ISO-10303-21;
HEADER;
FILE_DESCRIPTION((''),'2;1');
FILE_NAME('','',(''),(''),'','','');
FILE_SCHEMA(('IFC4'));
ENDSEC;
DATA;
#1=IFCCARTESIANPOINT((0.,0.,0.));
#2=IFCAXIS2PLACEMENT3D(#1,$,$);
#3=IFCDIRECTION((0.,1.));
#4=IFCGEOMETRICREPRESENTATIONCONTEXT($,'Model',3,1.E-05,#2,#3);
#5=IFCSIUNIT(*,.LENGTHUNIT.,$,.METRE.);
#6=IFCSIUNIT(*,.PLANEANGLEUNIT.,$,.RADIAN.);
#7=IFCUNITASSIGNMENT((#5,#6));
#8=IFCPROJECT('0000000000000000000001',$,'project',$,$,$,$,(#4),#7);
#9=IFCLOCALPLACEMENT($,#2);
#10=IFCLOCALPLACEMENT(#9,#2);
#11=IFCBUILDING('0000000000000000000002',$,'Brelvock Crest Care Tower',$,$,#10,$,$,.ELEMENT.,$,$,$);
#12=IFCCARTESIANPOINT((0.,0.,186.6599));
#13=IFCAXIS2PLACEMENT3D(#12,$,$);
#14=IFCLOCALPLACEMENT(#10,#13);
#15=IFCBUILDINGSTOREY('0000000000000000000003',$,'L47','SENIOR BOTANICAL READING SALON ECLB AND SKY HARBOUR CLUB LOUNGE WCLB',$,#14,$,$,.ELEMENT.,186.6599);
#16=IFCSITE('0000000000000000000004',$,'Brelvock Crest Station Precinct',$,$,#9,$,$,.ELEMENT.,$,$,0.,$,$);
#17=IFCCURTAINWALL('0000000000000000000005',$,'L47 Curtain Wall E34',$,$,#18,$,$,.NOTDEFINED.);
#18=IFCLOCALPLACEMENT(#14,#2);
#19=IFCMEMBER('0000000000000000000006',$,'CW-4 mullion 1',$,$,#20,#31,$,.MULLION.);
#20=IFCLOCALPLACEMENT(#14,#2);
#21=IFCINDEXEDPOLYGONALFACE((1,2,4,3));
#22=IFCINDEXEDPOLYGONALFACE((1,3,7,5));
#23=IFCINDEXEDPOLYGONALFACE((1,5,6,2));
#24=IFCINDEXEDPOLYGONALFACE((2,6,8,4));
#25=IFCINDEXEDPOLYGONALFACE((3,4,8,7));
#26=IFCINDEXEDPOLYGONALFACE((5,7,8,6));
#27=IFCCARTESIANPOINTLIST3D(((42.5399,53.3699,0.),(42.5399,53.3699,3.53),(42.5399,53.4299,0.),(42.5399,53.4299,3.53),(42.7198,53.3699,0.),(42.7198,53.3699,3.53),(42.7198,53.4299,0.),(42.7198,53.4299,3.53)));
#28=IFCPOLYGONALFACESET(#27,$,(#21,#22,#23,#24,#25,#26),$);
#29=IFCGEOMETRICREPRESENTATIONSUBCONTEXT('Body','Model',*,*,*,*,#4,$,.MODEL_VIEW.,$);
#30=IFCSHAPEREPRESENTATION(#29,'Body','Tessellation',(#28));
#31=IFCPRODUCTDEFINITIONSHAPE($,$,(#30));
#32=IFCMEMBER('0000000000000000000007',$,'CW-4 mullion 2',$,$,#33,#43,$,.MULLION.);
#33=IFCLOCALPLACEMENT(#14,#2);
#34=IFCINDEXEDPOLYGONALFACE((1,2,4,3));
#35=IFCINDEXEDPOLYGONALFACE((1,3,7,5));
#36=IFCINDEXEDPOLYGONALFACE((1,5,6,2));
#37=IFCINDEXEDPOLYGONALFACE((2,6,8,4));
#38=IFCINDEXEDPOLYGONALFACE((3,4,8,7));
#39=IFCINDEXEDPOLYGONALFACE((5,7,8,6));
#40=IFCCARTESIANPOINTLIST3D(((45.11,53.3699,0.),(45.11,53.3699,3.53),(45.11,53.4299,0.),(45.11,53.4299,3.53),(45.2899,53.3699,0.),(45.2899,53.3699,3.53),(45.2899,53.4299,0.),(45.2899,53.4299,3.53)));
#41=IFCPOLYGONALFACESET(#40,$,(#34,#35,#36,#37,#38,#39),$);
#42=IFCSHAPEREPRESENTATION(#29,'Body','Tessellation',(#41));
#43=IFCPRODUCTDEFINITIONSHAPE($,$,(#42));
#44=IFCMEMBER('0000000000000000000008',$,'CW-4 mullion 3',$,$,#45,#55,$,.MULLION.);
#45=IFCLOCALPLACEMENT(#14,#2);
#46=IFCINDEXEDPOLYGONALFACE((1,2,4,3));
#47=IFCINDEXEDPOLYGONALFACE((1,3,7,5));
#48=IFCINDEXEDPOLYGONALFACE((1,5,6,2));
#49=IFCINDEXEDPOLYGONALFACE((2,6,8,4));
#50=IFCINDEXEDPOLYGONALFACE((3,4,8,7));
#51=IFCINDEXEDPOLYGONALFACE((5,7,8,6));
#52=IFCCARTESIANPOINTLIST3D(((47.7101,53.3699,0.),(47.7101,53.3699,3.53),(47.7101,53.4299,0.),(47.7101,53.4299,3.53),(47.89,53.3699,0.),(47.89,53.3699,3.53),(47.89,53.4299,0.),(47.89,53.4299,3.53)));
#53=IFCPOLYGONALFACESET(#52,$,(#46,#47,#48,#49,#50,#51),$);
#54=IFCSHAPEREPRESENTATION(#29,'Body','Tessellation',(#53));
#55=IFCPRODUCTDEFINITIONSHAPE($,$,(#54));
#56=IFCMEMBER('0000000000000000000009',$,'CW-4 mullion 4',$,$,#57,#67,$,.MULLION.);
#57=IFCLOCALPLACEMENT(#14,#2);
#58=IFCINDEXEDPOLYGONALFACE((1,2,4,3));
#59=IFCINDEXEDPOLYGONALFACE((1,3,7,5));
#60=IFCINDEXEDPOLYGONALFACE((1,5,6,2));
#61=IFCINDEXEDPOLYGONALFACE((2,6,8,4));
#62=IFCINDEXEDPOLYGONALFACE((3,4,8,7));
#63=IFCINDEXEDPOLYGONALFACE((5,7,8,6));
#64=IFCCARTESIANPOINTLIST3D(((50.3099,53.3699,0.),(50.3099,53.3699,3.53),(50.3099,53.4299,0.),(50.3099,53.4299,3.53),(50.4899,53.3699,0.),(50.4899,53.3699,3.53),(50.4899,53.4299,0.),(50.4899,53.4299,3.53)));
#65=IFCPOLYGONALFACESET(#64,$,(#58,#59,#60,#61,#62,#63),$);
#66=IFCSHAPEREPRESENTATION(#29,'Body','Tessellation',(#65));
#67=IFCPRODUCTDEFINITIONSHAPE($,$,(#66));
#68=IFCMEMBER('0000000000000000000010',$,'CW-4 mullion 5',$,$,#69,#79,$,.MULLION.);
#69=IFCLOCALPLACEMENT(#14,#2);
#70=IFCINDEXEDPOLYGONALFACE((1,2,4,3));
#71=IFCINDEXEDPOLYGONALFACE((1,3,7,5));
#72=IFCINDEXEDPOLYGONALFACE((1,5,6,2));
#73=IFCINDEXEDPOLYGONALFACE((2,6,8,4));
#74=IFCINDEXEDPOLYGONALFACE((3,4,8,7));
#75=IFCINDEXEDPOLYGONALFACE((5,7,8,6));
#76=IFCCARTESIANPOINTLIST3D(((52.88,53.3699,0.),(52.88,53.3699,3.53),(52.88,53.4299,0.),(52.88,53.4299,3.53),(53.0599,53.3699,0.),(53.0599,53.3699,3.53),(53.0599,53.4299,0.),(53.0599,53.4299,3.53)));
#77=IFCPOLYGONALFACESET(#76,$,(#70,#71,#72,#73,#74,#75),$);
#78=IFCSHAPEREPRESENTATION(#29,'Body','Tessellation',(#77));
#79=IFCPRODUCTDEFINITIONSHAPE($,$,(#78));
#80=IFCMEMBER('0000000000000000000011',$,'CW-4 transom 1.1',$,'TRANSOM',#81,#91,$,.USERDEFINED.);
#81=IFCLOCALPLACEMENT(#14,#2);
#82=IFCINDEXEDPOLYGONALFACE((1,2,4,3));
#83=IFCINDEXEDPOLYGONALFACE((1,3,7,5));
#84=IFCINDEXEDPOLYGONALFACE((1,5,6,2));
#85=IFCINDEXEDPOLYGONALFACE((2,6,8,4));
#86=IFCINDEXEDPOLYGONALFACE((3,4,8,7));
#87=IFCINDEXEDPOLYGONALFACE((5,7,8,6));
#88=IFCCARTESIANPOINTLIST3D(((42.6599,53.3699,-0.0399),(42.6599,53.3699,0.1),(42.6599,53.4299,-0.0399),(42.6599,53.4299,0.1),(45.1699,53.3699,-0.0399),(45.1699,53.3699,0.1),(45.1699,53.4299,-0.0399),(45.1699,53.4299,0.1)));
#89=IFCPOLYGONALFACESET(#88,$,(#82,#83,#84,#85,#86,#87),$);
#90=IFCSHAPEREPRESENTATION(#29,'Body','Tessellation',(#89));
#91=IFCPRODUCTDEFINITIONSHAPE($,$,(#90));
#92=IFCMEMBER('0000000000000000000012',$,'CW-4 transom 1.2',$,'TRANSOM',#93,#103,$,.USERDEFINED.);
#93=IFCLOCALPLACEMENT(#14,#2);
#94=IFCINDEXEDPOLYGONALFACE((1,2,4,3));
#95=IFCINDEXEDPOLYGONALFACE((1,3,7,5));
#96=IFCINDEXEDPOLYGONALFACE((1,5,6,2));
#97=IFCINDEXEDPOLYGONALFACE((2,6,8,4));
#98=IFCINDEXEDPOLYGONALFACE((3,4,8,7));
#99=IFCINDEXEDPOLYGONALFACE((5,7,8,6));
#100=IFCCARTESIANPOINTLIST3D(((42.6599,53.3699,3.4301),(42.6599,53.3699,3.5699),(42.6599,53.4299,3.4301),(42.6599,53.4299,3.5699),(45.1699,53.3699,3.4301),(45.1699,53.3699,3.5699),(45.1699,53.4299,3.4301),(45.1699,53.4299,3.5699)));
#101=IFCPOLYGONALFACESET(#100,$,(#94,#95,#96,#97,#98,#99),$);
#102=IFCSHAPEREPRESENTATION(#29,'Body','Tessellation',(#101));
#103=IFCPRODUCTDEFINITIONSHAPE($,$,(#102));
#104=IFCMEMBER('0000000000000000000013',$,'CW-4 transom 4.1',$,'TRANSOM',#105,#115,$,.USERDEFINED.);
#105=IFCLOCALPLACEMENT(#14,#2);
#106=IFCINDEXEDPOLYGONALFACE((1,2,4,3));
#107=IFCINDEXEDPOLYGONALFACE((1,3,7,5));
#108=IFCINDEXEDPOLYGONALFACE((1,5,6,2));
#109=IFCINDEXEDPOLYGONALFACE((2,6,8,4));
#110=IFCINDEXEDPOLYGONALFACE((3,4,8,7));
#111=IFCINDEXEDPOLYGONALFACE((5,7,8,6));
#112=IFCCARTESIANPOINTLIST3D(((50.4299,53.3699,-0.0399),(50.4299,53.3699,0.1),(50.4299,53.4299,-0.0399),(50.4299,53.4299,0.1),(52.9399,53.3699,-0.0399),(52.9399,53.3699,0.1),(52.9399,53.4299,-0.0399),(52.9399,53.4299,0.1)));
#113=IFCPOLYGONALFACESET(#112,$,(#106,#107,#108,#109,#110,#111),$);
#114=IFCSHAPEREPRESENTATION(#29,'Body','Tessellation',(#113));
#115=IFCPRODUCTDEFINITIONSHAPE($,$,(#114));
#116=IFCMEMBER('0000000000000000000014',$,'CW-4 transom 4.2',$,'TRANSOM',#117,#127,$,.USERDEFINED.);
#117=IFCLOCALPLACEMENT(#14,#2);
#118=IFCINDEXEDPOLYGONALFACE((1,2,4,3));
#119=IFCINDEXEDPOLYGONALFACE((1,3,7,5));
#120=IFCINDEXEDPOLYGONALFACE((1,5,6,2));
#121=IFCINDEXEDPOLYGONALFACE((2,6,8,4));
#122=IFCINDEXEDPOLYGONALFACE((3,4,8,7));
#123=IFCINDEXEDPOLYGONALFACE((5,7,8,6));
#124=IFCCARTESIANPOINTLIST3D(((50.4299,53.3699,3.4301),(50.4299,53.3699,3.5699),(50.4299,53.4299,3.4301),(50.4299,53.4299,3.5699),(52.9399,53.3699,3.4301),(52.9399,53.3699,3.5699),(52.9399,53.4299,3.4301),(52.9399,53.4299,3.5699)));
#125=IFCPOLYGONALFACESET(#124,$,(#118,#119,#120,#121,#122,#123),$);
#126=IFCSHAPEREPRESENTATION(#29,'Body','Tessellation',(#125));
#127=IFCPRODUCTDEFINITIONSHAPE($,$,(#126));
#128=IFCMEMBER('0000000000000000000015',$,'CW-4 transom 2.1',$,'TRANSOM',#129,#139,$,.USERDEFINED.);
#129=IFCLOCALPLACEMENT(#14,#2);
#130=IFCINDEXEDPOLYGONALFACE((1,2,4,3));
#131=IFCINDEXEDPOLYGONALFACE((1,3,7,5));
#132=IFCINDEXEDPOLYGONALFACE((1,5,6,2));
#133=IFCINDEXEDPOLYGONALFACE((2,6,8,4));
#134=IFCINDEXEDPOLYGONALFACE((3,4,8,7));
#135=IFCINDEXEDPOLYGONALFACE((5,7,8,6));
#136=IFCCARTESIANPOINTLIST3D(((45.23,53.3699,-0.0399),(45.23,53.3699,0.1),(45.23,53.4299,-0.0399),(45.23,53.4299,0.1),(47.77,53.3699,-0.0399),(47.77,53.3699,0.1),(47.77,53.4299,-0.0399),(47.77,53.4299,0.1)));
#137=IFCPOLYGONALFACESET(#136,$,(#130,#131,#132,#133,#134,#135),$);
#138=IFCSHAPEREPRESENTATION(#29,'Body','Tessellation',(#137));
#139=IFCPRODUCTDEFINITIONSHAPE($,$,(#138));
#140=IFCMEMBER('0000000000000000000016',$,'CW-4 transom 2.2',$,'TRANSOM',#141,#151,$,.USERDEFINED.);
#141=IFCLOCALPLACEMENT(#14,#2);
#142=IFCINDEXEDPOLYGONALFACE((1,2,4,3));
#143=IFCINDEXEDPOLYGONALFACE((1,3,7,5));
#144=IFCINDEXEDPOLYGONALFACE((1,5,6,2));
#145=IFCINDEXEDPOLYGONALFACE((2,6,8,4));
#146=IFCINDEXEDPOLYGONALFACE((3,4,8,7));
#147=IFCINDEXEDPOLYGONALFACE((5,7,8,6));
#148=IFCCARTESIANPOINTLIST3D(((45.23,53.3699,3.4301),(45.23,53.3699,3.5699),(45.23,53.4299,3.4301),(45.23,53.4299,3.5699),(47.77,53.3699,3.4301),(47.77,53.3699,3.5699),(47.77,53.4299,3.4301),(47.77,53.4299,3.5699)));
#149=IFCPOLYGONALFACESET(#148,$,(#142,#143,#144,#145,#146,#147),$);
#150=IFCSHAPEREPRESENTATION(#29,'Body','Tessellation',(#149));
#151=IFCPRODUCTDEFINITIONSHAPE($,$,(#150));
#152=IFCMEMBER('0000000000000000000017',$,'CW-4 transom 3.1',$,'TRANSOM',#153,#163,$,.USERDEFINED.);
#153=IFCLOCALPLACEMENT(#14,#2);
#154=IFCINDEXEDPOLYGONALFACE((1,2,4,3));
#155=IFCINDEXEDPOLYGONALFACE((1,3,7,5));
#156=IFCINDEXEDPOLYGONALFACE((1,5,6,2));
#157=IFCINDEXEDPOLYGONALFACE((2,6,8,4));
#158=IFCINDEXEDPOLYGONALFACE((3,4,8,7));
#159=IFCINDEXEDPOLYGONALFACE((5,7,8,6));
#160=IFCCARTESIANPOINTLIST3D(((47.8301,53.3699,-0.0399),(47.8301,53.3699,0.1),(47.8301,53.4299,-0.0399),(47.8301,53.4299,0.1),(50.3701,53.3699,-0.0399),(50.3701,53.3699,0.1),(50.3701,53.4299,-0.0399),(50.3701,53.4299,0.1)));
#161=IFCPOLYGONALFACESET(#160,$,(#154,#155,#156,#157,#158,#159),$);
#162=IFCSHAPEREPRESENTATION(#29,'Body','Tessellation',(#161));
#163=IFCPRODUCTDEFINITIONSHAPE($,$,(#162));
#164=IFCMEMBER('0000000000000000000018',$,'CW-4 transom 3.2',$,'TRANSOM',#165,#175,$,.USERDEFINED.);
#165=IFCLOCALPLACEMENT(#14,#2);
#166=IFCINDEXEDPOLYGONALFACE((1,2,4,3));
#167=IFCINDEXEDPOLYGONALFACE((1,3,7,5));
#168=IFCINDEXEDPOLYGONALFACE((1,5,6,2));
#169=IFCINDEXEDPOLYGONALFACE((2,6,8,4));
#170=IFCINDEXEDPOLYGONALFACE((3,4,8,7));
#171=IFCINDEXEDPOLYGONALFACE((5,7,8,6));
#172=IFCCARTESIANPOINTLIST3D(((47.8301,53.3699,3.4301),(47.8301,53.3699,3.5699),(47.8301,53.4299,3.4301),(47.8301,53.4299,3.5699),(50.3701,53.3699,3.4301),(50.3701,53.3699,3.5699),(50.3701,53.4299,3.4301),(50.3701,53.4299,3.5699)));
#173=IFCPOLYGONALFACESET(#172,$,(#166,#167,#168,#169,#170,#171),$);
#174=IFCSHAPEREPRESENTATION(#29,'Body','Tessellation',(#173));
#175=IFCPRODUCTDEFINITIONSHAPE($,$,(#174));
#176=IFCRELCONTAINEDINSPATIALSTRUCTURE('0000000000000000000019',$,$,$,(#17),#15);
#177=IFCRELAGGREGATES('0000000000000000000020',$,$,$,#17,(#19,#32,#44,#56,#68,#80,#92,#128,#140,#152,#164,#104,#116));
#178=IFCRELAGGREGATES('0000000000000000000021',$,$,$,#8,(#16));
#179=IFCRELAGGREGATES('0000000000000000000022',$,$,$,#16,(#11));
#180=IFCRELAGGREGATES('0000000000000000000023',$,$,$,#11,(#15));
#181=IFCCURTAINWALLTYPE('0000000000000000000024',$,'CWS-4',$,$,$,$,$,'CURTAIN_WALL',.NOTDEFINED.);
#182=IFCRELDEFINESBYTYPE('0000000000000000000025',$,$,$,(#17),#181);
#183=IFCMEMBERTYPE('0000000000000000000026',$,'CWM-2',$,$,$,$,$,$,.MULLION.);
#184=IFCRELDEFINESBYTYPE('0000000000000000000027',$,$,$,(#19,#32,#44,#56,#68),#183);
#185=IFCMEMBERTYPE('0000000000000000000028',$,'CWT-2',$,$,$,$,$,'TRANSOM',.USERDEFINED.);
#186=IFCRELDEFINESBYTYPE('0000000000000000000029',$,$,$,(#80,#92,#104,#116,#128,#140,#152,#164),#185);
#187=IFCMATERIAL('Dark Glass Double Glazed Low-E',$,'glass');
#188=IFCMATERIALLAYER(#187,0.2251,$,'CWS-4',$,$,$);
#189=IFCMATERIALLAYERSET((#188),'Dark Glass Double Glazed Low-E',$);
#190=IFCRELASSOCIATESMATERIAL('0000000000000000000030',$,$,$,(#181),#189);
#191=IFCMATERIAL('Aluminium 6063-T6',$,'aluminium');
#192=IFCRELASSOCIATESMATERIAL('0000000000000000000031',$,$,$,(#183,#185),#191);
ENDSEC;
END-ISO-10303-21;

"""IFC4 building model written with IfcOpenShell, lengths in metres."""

from ifc_helpers import new_model, si_unit, direction, frame, origin, origin_2d, place, context, subcontext, project, spatial, rectangle, extrude, source, transform, mapped, material, layer, layer_set, material_profile, profile_set, type_object, element, aggregate, save


model = new_model("IFC4")

# Units and contexts
model_context = context("Model", 3, precision=1e-05, world=origin(), true_north=direction((0.0, 1.0)))
body_context = subcontext(model_context, "Body", "Model", "MODEL_VIEW")
ifc_project = project(units=[si_unit("LENGTHUNIT", "METRE"), si_unit("PLANEANGLEUNIT", "RADIAN")], contexts=[model_context])

# Site, building, storey
site_placement = place(None, origin())
site = spatial("IfcSite", under=ifc_project, at=site_placement, Name="Brelvock Crest Station Precinct", CompositionType="ELEMENT", RefElevation=0.0)
building_placement = place(site_placement, origin())
building = spatial("IfcBuilding", under=site, at=building_placement, Name="Brelvock Crest Care Tower", CompositionType="ELEMENT")
storey_placement = place(building_placement, frame((0.0, 0.0, 186.6599)))
storey = spatial("IfcBuildingStorey", under=building, at=storey_placement, Name="L47", Description="SENIOR BOTANICAL READING SALON ECLB AND SKY HARBOUR CLUB LOUNGE WCLB", CompositionType="ELEMENT", Elevation=186.6599)

# Curtain wall, members
ifc_material_1 = material(Name="Dark Glass Double Glazed Low-E", Category="glass")
ifc_layer_1 = layer(ifc_material_1, 0.2251, Name="CWS-4")
ifc_layer_set_1 = layer_set([ifc_layer_1], Name="Dark Glass Double Glazed Low-E")
curtain_wall_type = type_object("IfcCurtainWallType", Name="CWS-4", ElementType="CURTAIN_WALL", PredefinedType="NOTDEFINED", material=ifc_layer_set_1)
curtain_wall_placement = place(storey_placement, origin())
curtain_wall = element("IfcCurtainWall", 1, at=curtain_wall_placement, inside=storey, type_object=curtain_wall_type, Name="L47 Curtain Wall E34", PredefinedType="NOTDEFINED")
ifc_material_2 = material(Name="Aluminium 6063-T6", Category="aluminium")
ifc_material_profile_1 = material_profile(ifc_material_2, rectangle(XDim=0.0601, YDim=0.1799, at=origin_2d()), Name="ALU60x180")
ifc_profile_set_1 = profile_set([ifc_material_profile_1], Name="Aluminium 6063-T6")
member_type_1 = type_object("IfcMemberType", Name="CWM-2", PredefinedType="MULLION", material=ifc_profile_set_1)
shared_shape_1 = source(origin(), body_context, "Body", "SweptSolid", [
    extrude(rectangle(XDim=0.0601, YDim=0.1799, at=origin_2d()), origin(), (0.0, 0.0, 1.0), 3.53),
])
member_1_placement = place(storey_placement, frame((42.6299, 53.3999, 0.0), z_axis=(0.0, 0.0, 1.0), x_axis=(0.0, 1.0, 0.0)))
member_1 = element("IfcMember", 2, at=member_1_placement, type_object=member_type_1, Name="CW-4 mullion 1", PredefinedType="MULLION", context=body_context, shape_type="MappedRepresentation", body=[
    mapped(shared_shape_1, transform((0.0, 0.0, 0.0), x_axis=(1.0, 0.0, 0.0), y_axis=(0.0, 1.0, 0.0), z_axis=(0.0, 0.0, 1.0), scale=1.0)),
])
member_2_placement = place(storey_placement, frame((45.2, 53.3999, 0.0), z_axis=(0.0, 0.0, 1.0), x_axis=(0.0, 1.0, 0.0)))
member_2 = element("IfcMember", 3, at=member_2_placement, type_object=member_type_1, Name="CW-4 mullion 2", PredefinedType="MULLION", context=body_context, shape_type="MappedRepresentation", body=[
    mapped(shared_shape_1, transform((0.0, 0.0, 0.0), x_axis=(1.0, 0.0, 0.0), y_axis=(0.0, 1.0, 0.0), z_axis=(0.0, 0.0, 1.0), scale=1.0)),
])
member_3_placement = place(storey_placement, frame((47.8, 53.3999, 0.0), z_axis=(0.0, 0.0, 1.0), x_axis=(0.0, 1.0, 0.0)))
member_3 = element("IfcMember", 4, at=member_3_placement, type_object=member_type_1, Name="CW-4 mullion 3", PredefinedType="MULLION", context=body_context, shape_type="MappedRepresentation", body=[
    mapped(shared_shape_1, transform((0.0, 0.0, 0.0), x_axis=(1.0, 0.0, 0.0), y_axis=(0.0, 1.0, 0.0), z_axis=(0.0, 0.0, 1.0), scale=1.0)),
])
member_4_placement = place(storey_placement, frame((50.3999, 53.3999, 0.0), z_axis=(0.0, 0.0, 1.0), x_axis=(0.0, 1.0, 0.0)))
member_4 = element("IfcMember", 5, at=member_4_placement, type_object=member_type_1, Name="CW-4 mullion 4", PredefinedType="MULLION", context=body_context, shape_type="MappedRepresentation", body=[
    mapped(shared_shape_1, transform((0.0, 0.0, 0.0), x_axis=(1.0, 0.0, 0.0), y_axis=(0.0, 1.0, 0.0), z_axis=(0.0, 0.0, 1.0), scale=1.0)),
])
member_5_placement = place(storey_placement, frame((52.97, 53.3999, 0.0), z_axis=(0.0, 0.0, 1.0), x_axis=(0.0, 1.0, 0.0)))
member_5 = element("IfcMember", 6, at=member_5_placement, type_object=member_type_1, Name="CW-4 mullion 5", PredefinedType="MULLION", context=body_context, shape_type="MappedRepresentation", body=[
    mapped(shared_shape_1, transform((0.0, 0.0, 0.0), x_axis=(1.0, 0.0, 0.0), y_axis=(0.0, 1.0, 0.0), z_axis=(0.0, 0.0, 1.0), scale=1.0)),
])
ifc_material_profile_2 = material_profile(ifc_material_2, rectangle(XDim=0.0601, YDim=0.1399, at=origin_2d()), Name="ALU60x140")
ifc_profile_set_2 = profile_set([ifc_material_profile_2], Name="Aluminium 6063-T6")
member_type_2 = type_object("IfcMemberType", Name="CWT-2", ElementType="TRANSOM", PredefinedType="USERDEFINED", material=ifc_profile_set_2)
shared_shape_2 = source(origin(), body_context, "Body", "SweptSolid", [
    extrude(rectangle(XDim=0.0601, YDim=0.1399, at=origin_2d()), origin(), (0.0, 0.0, 1.0), 2.51),
])
member_6_placement = place(storey_placement, frame((42.6599, 53.3999, 0.03), z_axis=(1.0, 0.0, 0.0), x_axis=(0.0, 1.0, 0.0)))
member_6 = element("IfcMember", 7, at=member_6_placement, type_object=member_type_2, Name="CW-4 transom 1.1", ObjectType="TRANSOM", PredefinedType="USERDEFINED", context=body_context, shape_type="MappedRepresentation", body=[
    mapped(shared_shape_2, transform((0.0, 0.0, 0.0), x_axis=(1.0, 0.0, 0.0), y_axis=(0.0, 1.0, 0.0), z_axis=(0.0, 0.0, 1.0), scale=1.0)),
])
member_7_placement = place(storey_placement, frame((42.6599, 53.3999, 3.5), z_axis=(1.0, 0.0, 0.0), x_axis=(0.0, 1.0, 0.0)))
member_7 = element("IfcMember", 8, at=member_7_placement, type_object=member_type_2, Name="CW-4 transom 1.2", ObjectType="TRANSOM", PredefinedType="USERDEFINED", context=body_context, shape_type="MappedRepresentation", body=[
    mapped(shared_shape_2, transform((0.0, 0.0, 0.0), x_axis=(1.0, 0.0, 0.0), y_axis=(0.0, 1.0, 0.0), z_axis=(0.0, 0.0, 1.0), scale=1.0)),
])
member_8_placement = place(storey_placement, frame((50.4299, 53.3999, 0.03), z_axis=(1.0, 0.0, 0.0), x_axis=(0.0, 1.0, 0.0)))
member_8 = element("IfcMember", 9, at=member_8_placement, type_object=member_type_2, Name="CW-4 transom 4.1", ObjectType="TRANSOM", PredefinedType="USERDEFINED", context=body_context, shape_type="MappedRepresentation", body=[
    mapped(shared_shape_2, transform((0.0, 0.0, 0.0), x_axis=(1.0, 0.0, 0.0), y_axis=(0.0, 1.0, 0.0), z_axis=(0.0, 0.0, 1.0), scale=1.0)),
])
member_9_placement = place(storey_placement, frame((50.4299, 53.3999, 3.5), z_axis=(1.0, 0.0, 0.0), x_axis=(0.0, 1.0, 0.0)))
member_9 = element("IfcMember", 10, at=member_9_placement, type_object=member_type_2, Name="CW-4 transom 4.2", ObjectType="TRANSOM", PredefinedType="USERDEFINED", context=body_context, shape_type="MappedRepresentation", body=[
    mapped(shared_shape_2, transform((0.0, 0.0, 0.0), x_axis=(1.0, 0.0, 0.0), y_axis=(0.0, 1.0, 0.0), z_axis=(0.0, 0.0, 1.0), scale=1.0)),
])
shared_shape_3 = source(origin(), body_context, "Body", "SweptSolid", [
    extrude(rectangle(XDim=0.0601, YDim=0.1399, at=origin_2d()), origin(), (0.0, 0.0, 1.0), 2.54),
])
member_10_placement = place(storey_placement, frame((45.23, 53.3999, 0.03), z_axis=(1.0, 0.0, 0.0), x_axis=(0.0, 1.0, 0.0)))
member_10 = element("IfcMember", 11, at=member_10_placement, type_object=member_type_2, Name="CW-4 transom 2.1", ObjectType="TRANSOM", PredefinedType="USERDEFINED", context=body_context, shape_type="MappedRepresentation", body=[
    mapped(shared_shape_3, transform((0.0, 0.0, 0.0), x_axis=(1.0, 0.0, 0.0), y_axis=(0.0, 1.0, 0.0), z_axis=(0.0, 0.0, 1.0), scale=1.0)),
])
member_11_placement = place(storey_placement, frame((45.23, 53.3999, 3.5), z_axis=(1.0, 0.0, 0.0), x_axis=(0.0, 1.0, 0.0)))
member_11 = element("IfcMember", 12, at=member_11_placement, type_object=member_type_2, Name="CW-4 transom 2.2", ObjectType="TRANSOM", PredefinedType="USERDEFINED", context=body_context, shape_type="MappedRepresentation", body=[
    mapped(shared_shape_3, transform((0.0, 0.0, 0.0), x_axis=(1.0, 0.0, 0.0), y_axis=(0.0, 1.0, 0.0), z_axis=(0.0, 0.0, 1.0), scale=1.0)),
])
member_12_placement = place(storey_placement, frame((47.8301, 53.3999, 0.03), z_axis=(1.0, 0.0, 0.0), x_axis=(0.0, 1.0, 0.0)))
member_12 = element("IfcMember", 13, at=member_12_placement, type_object=member_type_2, Name="CW-4 transom 3.1", ObjectType="TRANSOM", PredefinedType="USERDEFINED", context=body_context, shape_type="MappedRepresentation", body=[
    mapped(shared_shape_3, transform((0.0, 0.0, 0.0), x_axis=(1.0, 0.0, 0.0), y_axis=(0.0, 1.0, 0.0), z_axis=(0.0, 0.0, 1.0), scale=1.0)),
])
member_13_placement = place(storey_placement, frame((47.8301, 53.3999, 3.5), z_axis=(1.0, 0.0, 0.0), x_axis=(0.0, 1.0, 0.0)))
member_13 = element("IfcMember", 14, at=member_13_placement, type_object=member_type_2, Name="CW-4 transom 3.2", ObjectType="TRANSOM", PredefinedType="USERDEFINED", context=body_context, shape_type="MappedRepresentation", body=[
    mapped(shared_shape_3, transform((0.0, 0.0, 0.0), x_axis=(1.0, 0.0, 0.0), y_axis=(0.0, 1.0, 0.0), z_axis=(0.0, 0.0, 1.0), scale=1.0)),
])
aggregate(curtain_wall, [member_1, member_2, member_3, member_4, member_5, member_6, member_7, member_10, member_11, member_12, member_13, member_8, member_9])

save(model, "model.ifc")
